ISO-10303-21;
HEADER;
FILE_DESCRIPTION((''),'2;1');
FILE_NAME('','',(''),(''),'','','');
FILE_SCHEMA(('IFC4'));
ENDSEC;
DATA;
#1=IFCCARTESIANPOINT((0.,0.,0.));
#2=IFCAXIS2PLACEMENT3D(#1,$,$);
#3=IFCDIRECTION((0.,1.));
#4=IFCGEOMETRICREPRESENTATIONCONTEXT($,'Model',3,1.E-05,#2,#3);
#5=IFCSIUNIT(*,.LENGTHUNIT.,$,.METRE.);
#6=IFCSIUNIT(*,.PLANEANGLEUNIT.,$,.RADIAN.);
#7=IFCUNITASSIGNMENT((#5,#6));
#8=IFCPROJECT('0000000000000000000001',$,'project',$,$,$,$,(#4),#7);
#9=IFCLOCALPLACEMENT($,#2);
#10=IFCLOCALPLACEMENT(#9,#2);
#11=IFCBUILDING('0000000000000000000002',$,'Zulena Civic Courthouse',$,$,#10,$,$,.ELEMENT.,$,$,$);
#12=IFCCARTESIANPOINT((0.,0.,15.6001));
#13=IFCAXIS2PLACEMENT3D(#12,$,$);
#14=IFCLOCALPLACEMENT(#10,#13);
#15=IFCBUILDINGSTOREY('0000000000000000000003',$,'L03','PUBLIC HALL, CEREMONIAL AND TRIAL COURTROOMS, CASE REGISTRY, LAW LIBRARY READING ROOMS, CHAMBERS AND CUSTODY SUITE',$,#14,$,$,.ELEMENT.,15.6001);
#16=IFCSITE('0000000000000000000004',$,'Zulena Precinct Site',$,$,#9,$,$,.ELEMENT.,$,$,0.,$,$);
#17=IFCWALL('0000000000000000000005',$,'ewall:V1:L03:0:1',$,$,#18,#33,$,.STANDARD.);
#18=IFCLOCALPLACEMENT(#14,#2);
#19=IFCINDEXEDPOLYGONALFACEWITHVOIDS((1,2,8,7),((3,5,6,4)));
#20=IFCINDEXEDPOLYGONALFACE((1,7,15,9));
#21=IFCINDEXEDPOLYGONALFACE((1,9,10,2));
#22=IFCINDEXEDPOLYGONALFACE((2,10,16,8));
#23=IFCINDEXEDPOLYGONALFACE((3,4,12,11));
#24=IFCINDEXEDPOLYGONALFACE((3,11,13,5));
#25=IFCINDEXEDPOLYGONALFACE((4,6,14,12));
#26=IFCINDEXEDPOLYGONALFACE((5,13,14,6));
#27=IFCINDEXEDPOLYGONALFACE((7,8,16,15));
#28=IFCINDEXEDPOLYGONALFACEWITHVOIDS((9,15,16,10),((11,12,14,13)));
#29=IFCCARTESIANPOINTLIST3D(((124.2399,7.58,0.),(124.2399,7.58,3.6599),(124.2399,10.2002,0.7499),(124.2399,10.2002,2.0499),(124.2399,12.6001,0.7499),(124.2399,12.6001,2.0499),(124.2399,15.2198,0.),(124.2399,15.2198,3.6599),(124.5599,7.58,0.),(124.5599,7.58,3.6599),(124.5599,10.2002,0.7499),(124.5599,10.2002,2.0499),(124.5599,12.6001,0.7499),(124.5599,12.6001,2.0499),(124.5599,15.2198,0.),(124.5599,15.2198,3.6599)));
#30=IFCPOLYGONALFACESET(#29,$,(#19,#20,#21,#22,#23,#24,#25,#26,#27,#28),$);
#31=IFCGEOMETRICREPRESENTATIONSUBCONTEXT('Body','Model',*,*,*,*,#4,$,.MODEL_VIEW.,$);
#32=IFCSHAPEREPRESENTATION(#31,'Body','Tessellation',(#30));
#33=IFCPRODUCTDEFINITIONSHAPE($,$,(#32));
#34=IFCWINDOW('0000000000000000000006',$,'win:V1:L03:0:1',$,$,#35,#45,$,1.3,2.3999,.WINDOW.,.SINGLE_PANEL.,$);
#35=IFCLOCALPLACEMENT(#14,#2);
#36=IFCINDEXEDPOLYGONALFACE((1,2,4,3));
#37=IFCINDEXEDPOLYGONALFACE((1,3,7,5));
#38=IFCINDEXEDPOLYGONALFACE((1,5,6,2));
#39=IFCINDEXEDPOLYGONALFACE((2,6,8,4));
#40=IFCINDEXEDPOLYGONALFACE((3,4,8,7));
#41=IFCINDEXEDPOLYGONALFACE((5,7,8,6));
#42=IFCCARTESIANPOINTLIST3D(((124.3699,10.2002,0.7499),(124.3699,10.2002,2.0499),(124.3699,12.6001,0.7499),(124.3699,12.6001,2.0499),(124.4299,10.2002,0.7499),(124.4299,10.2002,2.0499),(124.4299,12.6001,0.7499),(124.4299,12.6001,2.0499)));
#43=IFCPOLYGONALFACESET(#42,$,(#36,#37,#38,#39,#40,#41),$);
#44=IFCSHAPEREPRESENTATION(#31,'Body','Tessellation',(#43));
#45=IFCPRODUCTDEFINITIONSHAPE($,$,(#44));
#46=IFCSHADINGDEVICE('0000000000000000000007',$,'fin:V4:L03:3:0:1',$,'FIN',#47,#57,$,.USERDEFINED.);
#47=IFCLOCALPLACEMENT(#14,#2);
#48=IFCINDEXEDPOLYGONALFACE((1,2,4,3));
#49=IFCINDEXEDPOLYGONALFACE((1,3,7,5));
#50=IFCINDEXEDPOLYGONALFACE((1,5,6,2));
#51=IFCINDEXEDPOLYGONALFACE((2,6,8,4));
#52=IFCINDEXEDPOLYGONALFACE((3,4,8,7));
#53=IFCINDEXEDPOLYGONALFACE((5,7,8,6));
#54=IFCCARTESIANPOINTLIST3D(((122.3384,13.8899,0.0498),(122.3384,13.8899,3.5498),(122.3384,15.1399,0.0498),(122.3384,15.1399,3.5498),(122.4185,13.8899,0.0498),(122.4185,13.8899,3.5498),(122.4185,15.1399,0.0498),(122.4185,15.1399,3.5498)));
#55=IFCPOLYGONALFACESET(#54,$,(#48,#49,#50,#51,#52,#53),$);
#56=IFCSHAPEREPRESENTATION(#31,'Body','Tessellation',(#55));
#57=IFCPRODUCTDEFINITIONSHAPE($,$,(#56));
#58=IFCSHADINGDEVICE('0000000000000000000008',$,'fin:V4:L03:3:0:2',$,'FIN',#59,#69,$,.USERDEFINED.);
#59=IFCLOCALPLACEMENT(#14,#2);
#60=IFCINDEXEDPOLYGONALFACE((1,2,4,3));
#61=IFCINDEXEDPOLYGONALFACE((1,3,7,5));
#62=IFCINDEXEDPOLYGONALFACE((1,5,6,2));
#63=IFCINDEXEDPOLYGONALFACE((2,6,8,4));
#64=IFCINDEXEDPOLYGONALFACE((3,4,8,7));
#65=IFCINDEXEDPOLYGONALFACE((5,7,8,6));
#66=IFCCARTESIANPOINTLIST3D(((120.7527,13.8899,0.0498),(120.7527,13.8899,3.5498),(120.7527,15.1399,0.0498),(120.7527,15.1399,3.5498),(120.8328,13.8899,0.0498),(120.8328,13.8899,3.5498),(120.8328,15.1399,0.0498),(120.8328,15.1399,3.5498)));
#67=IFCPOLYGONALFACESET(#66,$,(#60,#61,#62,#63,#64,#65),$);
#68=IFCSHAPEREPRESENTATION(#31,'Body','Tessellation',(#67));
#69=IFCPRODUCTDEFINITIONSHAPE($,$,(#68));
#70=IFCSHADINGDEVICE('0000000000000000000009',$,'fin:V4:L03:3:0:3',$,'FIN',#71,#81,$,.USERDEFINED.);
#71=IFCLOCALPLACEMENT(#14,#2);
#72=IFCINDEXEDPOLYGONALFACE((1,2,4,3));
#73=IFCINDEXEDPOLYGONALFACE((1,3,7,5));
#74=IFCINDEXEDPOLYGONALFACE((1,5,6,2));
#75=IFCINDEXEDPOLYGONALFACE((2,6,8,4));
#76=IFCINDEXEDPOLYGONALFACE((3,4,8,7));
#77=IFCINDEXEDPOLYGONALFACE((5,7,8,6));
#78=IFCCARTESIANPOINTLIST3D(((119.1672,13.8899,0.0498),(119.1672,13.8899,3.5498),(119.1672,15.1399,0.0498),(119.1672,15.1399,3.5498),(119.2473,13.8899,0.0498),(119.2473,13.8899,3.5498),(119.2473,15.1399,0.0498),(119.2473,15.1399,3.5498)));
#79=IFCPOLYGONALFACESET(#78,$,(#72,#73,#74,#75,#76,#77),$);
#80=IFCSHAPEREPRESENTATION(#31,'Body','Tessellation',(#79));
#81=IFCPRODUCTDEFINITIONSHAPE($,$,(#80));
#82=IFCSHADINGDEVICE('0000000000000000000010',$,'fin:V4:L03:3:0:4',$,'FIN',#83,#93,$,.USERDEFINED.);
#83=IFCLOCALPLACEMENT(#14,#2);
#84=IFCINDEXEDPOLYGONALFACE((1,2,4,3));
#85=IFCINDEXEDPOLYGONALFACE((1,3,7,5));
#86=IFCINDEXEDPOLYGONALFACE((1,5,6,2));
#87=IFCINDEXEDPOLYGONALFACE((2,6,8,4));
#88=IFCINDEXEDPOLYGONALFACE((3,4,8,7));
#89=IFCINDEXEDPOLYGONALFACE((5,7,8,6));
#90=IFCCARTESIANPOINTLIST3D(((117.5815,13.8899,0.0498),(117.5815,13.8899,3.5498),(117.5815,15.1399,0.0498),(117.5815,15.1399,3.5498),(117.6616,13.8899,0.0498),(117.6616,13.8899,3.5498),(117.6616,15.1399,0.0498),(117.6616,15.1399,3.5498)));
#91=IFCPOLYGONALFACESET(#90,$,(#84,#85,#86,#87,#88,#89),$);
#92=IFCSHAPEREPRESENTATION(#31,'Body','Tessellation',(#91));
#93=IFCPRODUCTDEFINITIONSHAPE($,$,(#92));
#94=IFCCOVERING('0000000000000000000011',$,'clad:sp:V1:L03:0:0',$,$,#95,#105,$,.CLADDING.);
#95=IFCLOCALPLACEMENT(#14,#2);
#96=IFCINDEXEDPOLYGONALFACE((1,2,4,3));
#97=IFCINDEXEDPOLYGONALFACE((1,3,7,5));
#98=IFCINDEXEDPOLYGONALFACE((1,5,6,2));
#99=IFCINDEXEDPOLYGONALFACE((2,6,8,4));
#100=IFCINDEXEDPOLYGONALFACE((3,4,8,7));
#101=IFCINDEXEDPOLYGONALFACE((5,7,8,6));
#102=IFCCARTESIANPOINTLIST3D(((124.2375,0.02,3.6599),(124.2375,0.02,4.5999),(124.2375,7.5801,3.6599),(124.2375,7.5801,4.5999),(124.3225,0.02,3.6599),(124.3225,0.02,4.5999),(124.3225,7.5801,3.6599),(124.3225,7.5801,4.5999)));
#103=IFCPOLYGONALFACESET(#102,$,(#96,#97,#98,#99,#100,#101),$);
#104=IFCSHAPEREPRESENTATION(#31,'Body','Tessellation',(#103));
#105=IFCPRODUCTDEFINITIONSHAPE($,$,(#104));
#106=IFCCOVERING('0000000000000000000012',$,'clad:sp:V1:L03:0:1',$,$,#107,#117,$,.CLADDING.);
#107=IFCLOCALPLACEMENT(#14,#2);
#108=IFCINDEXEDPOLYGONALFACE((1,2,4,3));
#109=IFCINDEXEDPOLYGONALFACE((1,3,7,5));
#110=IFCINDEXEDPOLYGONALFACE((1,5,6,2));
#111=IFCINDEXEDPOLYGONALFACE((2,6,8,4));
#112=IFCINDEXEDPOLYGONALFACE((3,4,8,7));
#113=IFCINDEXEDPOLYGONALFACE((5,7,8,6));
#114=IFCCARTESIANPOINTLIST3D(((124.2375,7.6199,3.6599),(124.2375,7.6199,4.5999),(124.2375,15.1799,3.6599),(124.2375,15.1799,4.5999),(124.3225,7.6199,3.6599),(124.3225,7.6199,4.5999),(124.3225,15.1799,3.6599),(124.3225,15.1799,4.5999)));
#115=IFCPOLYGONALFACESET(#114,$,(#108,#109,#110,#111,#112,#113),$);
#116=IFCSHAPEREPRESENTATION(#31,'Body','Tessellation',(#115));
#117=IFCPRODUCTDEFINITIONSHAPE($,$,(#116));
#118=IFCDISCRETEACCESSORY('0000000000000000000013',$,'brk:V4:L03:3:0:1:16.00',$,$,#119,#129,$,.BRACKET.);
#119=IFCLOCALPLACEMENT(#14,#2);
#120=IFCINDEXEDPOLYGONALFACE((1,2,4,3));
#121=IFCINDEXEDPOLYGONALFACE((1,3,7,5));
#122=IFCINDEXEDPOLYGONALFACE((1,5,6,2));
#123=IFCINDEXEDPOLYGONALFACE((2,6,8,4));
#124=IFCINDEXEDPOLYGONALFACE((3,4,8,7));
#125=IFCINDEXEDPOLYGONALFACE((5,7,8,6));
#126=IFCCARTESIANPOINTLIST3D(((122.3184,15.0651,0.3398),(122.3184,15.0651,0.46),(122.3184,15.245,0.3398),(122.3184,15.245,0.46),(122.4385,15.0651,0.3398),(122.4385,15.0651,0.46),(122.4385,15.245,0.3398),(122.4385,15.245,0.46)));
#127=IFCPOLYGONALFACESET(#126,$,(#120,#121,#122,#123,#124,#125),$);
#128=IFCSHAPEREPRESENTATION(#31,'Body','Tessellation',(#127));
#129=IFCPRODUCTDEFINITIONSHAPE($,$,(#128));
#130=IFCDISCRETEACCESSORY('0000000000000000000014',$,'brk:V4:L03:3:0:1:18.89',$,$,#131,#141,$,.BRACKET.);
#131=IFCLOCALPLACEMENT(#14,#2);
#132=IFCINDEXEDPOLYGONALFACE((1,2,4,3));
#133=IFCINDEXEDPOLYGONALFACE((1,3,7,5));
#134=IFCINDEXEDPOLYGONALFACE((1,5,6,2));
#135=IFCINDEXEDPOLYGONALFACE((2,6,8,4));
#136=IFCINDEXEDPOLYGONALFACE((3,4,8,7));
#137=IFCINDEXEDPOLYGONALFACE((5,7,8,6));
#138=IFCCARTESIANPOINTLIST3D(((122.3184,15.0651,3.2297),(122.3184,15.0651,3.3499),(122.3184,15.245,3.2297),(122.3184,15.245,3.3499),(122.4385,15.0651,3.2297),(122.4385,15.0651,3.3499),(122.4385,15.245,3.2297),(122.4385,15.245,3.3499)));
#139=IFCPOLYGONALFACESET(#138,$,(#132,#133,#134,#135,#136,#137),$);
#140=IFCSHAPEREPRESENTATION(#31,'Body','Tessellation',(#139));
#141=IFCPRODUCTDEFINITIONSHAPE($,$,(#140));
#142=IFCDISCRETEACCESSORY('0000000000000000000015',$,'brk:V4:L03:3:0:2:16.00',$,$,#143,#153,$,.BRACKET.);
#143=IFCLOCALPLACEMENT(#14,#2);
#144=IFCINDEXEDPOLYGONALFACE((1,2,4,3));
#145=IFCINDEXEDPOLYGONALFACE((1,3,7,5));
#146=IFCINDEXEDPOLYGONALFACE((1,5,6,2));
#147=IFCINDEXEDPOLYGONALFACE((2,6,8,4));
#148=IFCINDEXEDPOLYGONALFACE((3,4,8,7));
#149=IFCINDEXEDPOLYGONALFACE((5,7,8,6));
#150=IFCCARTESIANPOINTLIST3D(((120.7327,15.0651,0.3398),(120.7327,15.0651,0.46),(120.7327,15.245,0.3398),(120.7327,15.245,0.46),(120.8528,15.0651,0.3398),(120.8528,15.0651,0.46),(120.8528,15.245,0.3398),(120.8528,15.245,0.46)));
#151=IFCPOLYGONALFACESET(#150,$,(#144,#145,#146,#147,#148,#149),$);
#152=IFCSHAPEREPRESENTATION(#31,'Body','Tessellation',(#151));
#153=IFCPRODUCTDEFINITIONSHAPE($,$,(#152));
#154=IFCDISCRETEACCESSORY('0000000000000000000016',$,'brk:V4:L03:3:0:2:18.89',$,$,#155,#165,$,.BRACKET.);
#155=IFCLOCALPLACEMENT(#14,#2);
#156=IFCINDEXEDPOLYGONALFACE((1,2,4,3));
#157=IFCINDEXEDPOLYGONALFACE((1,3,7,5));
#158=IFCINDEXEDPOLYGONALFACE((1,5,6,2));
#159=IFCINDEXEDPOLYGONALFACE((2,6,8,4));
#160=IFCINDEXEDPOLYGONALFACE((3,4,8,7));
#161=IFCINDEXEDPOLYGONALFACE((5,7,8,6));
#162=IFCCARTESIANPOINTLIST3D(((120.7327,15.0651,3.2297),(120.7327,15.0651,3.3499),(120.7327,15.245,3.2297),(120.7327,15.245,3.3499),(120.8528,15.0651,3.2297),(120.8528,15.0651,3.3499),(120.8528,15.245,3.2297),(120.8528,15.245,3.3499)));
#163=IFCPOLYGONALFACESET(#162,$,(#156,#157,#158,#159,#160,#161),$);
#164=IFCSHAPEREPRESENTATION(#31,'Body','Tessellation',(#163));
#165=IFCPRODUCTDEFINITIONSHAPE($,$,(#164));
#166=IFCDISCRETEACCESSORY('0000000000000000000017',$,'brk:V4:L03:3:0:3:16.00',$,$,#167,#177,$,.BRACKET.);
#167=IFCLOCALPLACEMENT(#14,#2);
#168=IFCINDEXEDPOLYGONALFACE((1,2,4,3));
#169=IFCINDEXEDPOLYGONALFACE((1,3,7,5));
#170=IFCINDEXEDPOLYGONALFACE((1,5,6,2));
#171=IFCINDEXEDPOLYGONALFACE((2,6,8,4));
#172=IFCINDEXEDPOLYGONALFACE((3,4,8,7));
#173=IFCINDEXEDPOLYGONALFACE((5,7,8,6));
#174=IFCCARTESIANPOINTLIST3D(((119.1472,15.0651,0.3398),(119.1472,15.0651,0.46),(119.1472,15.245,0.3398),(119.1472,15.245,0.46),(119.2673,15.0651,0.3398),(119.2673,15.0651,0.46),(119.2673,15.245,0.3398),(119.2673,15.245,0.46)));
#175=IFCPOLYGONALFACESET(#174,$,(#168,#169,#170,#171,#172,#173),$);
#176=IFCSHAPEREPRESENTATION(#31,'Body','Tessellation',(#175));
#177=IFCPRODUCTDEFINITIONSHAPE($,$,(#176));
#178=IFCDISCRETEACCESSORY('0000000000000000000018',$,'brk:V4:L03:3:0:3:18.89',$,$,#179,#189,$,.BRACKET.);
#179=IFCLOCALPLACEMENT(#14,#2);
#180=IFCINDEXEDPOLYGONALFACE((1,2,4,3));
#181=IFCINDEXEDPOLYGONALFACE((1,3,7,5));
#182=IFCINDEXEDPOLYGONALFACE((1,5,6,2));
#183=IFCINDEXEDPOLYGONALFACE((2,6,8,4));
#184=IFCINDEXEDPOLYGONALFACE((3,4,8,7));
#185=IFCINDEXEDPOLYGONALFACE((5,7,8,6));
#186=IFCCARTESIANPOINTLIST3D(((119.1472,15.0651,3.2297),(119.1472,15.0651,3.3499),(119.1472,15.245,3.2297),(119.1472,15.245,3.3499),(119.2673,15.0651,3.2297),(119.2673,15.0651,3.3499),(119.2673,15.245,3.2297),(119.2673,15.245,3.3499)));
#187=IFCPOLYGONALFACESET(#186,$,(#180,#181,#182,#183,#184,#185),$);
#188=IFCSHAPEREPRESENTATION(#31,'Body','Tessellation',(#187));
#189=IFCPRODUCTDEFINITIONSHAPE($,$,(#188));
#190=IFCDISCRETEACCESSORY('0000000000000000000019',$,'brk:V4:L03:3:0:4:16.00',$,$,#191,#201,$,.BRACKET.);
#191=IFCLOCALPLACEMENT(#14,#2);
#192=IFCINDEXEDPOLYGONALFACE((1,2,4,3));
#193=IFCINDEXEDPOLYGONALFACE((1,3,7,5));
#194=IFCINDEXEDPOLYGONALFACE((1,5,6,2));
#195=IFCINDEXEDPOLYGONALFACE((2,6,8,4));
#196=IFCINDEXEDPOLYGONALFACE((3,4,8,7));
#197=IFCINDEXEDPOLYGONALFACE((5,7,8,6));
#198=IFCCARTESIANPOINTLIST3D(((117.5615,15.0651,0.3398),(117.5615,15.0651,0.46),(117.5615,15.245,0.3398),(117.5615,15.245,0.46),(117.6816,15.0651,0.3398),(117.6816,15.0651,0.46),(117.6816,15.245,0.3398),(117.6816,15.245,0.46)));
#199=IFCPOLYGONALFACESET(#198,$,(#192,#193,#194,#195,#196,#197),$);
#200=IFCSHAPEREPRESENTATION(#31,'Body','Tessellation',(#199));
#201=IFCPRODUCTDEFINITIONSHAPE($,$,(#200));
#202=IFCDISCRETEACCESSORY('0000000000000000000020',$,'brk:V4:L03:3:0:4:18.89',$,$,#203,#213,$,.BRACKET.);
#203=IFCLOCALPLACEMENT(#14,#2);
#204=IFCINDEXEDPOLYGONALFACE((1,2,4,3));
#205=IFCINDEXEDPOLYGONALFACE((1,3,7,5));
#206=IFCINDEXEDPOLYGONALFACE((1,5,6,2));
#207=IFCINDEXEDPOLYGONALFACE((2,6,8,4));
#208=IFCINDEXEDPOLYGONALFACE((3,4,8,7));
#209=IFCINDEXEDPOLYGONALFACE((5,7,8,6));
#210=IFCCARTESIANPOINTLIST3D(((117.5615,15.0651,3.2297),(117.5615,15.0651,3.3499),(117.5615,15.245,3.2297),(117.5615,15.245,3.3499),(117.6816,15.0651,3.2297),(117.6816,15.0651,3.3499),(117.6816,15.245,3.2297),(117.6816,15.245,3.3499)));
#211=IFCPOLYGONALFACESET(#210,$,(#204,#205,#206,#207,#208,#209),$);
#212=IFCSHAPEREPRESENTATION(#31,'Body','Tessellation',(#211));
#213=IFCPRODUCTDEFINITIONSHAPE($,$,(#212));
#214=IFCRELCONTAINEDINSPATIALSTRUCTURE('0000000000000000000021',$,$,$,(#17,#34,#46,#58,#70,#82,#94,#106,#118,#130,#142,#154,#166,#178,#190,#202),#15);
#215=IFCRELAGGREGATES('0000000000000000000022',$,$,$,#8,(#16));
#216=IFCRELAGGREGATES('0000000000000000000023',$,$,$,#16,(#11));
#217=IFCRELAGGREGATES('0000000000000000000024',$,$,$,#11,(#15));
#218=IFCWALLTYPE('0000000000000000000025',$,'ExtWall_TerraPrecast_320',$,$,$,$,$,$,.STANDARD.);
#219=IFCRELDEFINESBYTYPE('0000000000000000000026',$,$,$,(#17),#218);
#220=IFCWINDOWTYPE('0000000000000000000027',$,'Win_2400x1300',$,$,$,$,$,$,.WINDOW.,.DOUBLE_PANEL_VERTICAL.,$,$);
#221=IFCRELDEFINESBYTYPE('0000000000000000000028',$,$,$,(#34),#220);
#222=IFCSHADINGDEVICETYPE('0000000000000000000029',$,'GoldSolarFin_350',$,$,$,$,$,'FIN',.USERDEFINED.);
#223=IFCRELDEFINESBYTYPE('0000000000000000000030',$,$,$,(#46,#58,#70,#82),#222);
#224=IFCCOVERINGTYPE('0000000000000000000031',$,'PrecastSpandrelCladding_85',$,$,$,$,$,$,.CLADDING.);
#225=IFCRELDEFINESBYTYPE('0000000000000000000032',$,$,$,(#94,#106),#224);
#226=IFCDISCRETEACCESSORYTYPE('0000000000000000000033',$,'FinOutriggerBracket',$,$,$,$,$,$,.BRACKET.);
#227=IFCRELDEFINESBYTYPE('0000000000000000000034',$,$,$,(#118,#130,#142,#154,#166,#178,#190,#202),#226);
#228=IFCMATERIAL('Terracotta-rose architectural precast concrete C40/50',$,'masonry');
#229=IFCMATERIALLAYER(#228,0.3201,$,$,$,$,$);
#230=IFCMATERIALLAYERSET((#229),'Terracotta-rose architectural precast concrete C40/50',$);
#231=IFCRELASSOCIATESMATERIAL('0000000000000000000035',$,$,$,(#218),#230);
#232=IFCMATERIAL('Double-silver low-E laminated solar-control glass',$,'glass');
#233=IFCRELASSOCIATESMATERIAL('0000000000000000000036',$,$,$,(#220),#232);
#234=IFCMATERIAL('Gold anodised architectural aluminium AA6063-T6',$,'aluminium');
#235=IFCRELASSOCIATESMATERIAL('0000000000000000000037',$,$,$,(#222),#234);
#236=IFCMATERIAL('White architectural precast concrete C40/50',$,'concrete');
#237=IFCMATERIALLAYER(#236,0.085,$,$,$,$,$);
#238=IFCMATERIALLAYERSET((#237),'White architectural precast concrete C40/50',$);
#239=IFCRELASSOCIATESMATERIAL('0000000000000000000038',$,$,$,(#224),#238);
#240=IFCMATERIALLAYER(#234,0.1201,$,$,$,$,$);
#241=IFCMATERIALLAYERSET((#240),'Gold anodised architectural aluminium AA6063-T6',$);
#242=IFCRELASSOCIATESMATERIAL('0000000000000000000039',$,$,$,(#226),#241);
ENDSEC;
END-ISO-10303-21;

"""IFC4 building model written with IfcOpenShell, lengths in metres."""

from ifc_helpers import new_model, si_unit, direction, frame, frame_2d, origin, origin_2d, place, context, subcontext, project, spatial, rectangle, extrude, material, layer, layer_set, type_object, element, fill, save


model = new_model("IFC4")

# Units and contexts
model_context = context("Model", 3, precision=1e-05, world=origin(), true_north=direction((0.0, 1.0)))
body_context = subcontext(model_context, "Body", "Model", "MODEL_VIEW")
ifc_project = project(units=[si_unit("LENGTHUNIT", "METRE"), si_unit("PLANEANGLEUNIT", "RADIAN")], contexts=[model_context])

# Site, building, storey
site_placement = place(None, origin())
site = spatial("IfcSite", under=ifc_project, at=site_placement, Name="Zulena Precinct Site", CompositionType="ELEMENT", RefElevation=0.0)
building_placement = place(site_placement, origin())
building = spatial("IfcBuilding", under=site, at=building_placement, Name="Zulena Civic Courthouse", CompositionType="ELEMENT")
storey_placement = place(building_placement, frame((0.0, 0.0, 15.6001)))
storey = spatial("IfcBuildingStorey", under=building, at=storey_placement, Name="L03", Description="PUBLIC HALL, CEREMONIAL AND TRIAL COURTROOMS, CASE REGISTRY, LAW LIBRARY READING ROOMS, CHAMBERS AND CUSTODY SUITE", CompositionType="ELEMENT", Elevation=15.6001)

# Shared definitions
ifc_material_1 = material(Name="Double-silver low-E laminated solar-control glass", Category="glass")

# Wall, opening, window
ifc_material_2 = material(Name="Terracotta-rose architectural precast concrete C40/50", Category="masonry")
ifc_layer_1 = layer(ifc_material_2, 0.3201)
ifc_layer_set_1 = layer_set([ifc_layer_1], Name="Terracotta-rose architectural precast concrete C40/50")
wall_type = type_object("IfcWallType", Name="ExtWall_TerraPrecast_320", PredefinedType="STANDARD", material=ifc_layer_set_1)
wall_1_placement = place(storey_placement, frame((124.3999, 7.5801, 0.0), z_axis=(0.0, 0.0, 1.0), x_axis=(0.0, 1.0, 0.0)))
wall_1 = element("IfcWall", 1, at=wall_1_placement, inside=storey, type_object=wall_type, Name="ewall:V1:L03:0:1", PredefinedType="STANDARD", context=body_context, shape_type="SweptSolid", body=[
    extrude(rectangle(XDim=7.6399, YDim=0.3201, at=frame_2d((3.8198, 0.0))), origin(), (0.0, 0.0, 1.0), 3.6599),
])
opening_1_placement = place(wall_1_placement, frame((2.6201, 0.0, 0.75)))
opening_1 = element("IfcOpeningElement", 2, at=opening_1_placement, cuts=wall_1, PredefinedType="OPENING", context=body_context, shape_type="SweptSolid", body=[
    extrude(rectangle(XDim=2.3999, YDim=1.3, at=frame_2d((1.2, 0.6499))), frame((0.0, 0.1699, 0.0), z_axis=(0.0, -1.0, 0.0), x_axis=(1.0, 0.0, 0.0)), (0.0, 0.0, 1.0), 0.3401),
])
window_type_1 = type_object("IfcWindowType", Name="Win_2400x1300", PartitioningType="DOUBLE_PANEL_VERTICAL", PredefinedType="WINDOW", material=ifc_material_1)
window_1_placement = place(opening_1_placement, origin())
window_1 = element("IfcWindow", 3, at=window_1_placement, inside=storey, type_object=window_type_1, Name="win:V1:L03:0:1", OverallHeight=1.3, OverallWidth=2.3999, PartitioningType="SINGLE_PANEL", PredefinedType="WINDOW", context=body_context, shape_type="SweptSolid", body=[
    extrude(rectangle(XDim=2.3999, YDim=1.3, at=frame_2d((1.2, 0.6499))), frame((0.0, 0.03, 0.0), z_axis=(0.0, -1.0, 0.0), x_axis=(1.0, 0.0, 0.0)), (0.0, 0.0, 1.0), 0.0601),
])
fill(opening_1, window_1)

# Shading devices
ifc_material_3 = material(Name="Gold anodised architectural aluminium AA6063-T6", Category="aluminium")
shading_device_type = type_object("IfcShadingDeviceType", Name="GoldSolarFin_350", ElementType="FIN", PredefinedType="USERDEFINED", material=ifc_material_3)
for number, where, z_axis, x_axis, name in (
    (4, (122.3784, 14.5149, 0.0498), (0.0, 0.0, 1.0), (0.0, -1.0, 0.0), "fin:V4:L03:3:0:1"),
    (5, (120.7927, 14.5149, 0.0498), (0.0, 0.0, 1.0), (0.0, -1.0, 0.0), "fin:V4:L03:3:0:2"),
    (6, (119.2073, 14.5149, 0.0498), (0.0, 0.0, 1.0), (0.0, -1.0, 0.0), "fin:V4:L03:3:0:3"),
    (7, (117.6216, 14.5149, 0.0498), (0.0, 0.0, 1.0), (0.0, -1.0, 0.0), "fin:V4:L03:3:0:4"),
):
    element("IfcShadingDevice", number, at=place(storey_placement, frame(where, z_axis=z_axis, x_axis=x_axis)), inside=storey, type_object=shading_device_type, Name=name, ObjectType="FIN", PredefinedType="USERDEFINED", context=body_context, shape_type="SweptSolid", body=[
        extrude(rectangle(XDim=1.25, YDim=0.0801, at=origin_2d()), origin(), (0.0, 0.0, 1.0), 3.5),
    ])

# Coverings
ifc_material_4 = material(Name="White architectural precast concrete C40/50", Category="concrete")
ifc_layer_2 = layer(ifc_material_4, 0.085)
ifc_layer_set_2 = layer_set([ifc_layer_2], Name="White architectural precast concrete C40/50")
covering_type = type_object("IfcCoveringType", Name="PrecastSpandrelCladding_85", PredefinedType="CLADDING", material=ifc_layer_set_2)
for number, where, z_axis, x_axis, name in (
    (8, (124.28, 3.8, 3.6599), (0.0, 0.0, 1.0), (0.0, 1.0, 0.0), "clad:sp:V1:L03:0:0"),
    (9, (124.28, 11.3999, 3.6599), (0.0, 0.0, 1.0), (0.0, 1.0, 0.0), "clad:sp:V1:L03:0:1"),
):
    element("IfcCovering", number, at=place(storey_placement, frame(where, z_axis=z_axis, x_axis=x_axis)), inside=storey, type_object=covering_type, Name=name, PredefinedType="CLADDING", context=body_context, shape_type="SweptSolid", body=[
        extrude(rectangle(XDim=7.5601, YDim=0.085, at=origin_2d()), origin(), (0.0, 0.0, 1.0), 0.9399),
    ])

# Discrete accessories
ifc_layer_3 = layer(ifc_material_3, 0.1201)
ifc_layer_set_3 = layer_set([ifc_layer_3], Name="Gold anodised architectural aluminium AA6063-T6")
discrete_accessory_type = type_object("IfcDiscreteAccessoryType", Name="FinOutriggerBracket", PredefinedType="BRACKET", material=ifc_layer_set_3)
for number, where, z_axis, x_axis, name in (
    (10, (122.3784, 15.155, 0.3398), (0.0, 0.0, 1.0), (0.0, -1.0, 0.0), "brk:V4:L03:3:0:1:16.00"),
    (11, (122.3784, 15.155, 3.2297), (0.0, 0.0, 1.0), (0.0, -1.0, 0.0), "brk:V4:L03:3:0:1:18.89"),
    (12, (120.7927, 15.155, 0.3398), (0.0, 0.0, 1.0), (0.0, -1.0, 0.0), "brk:V4:L03:3:0:2:16.00"),
    (13, (120.7927, 15.155, 3.2297), (0.0, 0.0, 1.0), (0.0, -1.0, 0.0), "brk:V4:L03:3:0:2:18.89"),
    (14, (119.2073, 15.155, 0.3398), (0.0, 0.0, 1.0), (0.0, -1.0, 0.0), "brk:V4:L03:3:0:3:16.00"),
    (15, (119.2073, 15.155, 3.2297), (0.0, 0.0, 1.0), (0.0, -1.0, 0.0), "brk:V4:L03:3:0:3:18.89"),
    (16, (117.6216, 15.155, 0.3398), (0.0, 0.0, 1.0), (0.0, -1.0, 0.0), "brk:V4:L03:3:0:4:16.00"),
    (17, (117.6216, 15.155, 3.2297), (0.0, 0.0, 1.0), (0.0, -1.0, 0.0), "brk:V4:L03:3:0:4:18.89"),
):
    element("IfcDiscreteAccessory", number, at=place(storey_placement, frame(where, z_axis=z_axis, x_axis=x_axis)), inside=storey, type_object=discrete_accessory_type, Name=name, PredefinedType="BRACKET", context=body_context, shape_type="SweptSolid", body=[
        extrude(rectangle(XDim=0.1799, YDim=0.1201, at=origin_2d()), origin(), (0.0, 0.0, 1.0), 0.1201),
    ])

save(model, "model.ifc")
